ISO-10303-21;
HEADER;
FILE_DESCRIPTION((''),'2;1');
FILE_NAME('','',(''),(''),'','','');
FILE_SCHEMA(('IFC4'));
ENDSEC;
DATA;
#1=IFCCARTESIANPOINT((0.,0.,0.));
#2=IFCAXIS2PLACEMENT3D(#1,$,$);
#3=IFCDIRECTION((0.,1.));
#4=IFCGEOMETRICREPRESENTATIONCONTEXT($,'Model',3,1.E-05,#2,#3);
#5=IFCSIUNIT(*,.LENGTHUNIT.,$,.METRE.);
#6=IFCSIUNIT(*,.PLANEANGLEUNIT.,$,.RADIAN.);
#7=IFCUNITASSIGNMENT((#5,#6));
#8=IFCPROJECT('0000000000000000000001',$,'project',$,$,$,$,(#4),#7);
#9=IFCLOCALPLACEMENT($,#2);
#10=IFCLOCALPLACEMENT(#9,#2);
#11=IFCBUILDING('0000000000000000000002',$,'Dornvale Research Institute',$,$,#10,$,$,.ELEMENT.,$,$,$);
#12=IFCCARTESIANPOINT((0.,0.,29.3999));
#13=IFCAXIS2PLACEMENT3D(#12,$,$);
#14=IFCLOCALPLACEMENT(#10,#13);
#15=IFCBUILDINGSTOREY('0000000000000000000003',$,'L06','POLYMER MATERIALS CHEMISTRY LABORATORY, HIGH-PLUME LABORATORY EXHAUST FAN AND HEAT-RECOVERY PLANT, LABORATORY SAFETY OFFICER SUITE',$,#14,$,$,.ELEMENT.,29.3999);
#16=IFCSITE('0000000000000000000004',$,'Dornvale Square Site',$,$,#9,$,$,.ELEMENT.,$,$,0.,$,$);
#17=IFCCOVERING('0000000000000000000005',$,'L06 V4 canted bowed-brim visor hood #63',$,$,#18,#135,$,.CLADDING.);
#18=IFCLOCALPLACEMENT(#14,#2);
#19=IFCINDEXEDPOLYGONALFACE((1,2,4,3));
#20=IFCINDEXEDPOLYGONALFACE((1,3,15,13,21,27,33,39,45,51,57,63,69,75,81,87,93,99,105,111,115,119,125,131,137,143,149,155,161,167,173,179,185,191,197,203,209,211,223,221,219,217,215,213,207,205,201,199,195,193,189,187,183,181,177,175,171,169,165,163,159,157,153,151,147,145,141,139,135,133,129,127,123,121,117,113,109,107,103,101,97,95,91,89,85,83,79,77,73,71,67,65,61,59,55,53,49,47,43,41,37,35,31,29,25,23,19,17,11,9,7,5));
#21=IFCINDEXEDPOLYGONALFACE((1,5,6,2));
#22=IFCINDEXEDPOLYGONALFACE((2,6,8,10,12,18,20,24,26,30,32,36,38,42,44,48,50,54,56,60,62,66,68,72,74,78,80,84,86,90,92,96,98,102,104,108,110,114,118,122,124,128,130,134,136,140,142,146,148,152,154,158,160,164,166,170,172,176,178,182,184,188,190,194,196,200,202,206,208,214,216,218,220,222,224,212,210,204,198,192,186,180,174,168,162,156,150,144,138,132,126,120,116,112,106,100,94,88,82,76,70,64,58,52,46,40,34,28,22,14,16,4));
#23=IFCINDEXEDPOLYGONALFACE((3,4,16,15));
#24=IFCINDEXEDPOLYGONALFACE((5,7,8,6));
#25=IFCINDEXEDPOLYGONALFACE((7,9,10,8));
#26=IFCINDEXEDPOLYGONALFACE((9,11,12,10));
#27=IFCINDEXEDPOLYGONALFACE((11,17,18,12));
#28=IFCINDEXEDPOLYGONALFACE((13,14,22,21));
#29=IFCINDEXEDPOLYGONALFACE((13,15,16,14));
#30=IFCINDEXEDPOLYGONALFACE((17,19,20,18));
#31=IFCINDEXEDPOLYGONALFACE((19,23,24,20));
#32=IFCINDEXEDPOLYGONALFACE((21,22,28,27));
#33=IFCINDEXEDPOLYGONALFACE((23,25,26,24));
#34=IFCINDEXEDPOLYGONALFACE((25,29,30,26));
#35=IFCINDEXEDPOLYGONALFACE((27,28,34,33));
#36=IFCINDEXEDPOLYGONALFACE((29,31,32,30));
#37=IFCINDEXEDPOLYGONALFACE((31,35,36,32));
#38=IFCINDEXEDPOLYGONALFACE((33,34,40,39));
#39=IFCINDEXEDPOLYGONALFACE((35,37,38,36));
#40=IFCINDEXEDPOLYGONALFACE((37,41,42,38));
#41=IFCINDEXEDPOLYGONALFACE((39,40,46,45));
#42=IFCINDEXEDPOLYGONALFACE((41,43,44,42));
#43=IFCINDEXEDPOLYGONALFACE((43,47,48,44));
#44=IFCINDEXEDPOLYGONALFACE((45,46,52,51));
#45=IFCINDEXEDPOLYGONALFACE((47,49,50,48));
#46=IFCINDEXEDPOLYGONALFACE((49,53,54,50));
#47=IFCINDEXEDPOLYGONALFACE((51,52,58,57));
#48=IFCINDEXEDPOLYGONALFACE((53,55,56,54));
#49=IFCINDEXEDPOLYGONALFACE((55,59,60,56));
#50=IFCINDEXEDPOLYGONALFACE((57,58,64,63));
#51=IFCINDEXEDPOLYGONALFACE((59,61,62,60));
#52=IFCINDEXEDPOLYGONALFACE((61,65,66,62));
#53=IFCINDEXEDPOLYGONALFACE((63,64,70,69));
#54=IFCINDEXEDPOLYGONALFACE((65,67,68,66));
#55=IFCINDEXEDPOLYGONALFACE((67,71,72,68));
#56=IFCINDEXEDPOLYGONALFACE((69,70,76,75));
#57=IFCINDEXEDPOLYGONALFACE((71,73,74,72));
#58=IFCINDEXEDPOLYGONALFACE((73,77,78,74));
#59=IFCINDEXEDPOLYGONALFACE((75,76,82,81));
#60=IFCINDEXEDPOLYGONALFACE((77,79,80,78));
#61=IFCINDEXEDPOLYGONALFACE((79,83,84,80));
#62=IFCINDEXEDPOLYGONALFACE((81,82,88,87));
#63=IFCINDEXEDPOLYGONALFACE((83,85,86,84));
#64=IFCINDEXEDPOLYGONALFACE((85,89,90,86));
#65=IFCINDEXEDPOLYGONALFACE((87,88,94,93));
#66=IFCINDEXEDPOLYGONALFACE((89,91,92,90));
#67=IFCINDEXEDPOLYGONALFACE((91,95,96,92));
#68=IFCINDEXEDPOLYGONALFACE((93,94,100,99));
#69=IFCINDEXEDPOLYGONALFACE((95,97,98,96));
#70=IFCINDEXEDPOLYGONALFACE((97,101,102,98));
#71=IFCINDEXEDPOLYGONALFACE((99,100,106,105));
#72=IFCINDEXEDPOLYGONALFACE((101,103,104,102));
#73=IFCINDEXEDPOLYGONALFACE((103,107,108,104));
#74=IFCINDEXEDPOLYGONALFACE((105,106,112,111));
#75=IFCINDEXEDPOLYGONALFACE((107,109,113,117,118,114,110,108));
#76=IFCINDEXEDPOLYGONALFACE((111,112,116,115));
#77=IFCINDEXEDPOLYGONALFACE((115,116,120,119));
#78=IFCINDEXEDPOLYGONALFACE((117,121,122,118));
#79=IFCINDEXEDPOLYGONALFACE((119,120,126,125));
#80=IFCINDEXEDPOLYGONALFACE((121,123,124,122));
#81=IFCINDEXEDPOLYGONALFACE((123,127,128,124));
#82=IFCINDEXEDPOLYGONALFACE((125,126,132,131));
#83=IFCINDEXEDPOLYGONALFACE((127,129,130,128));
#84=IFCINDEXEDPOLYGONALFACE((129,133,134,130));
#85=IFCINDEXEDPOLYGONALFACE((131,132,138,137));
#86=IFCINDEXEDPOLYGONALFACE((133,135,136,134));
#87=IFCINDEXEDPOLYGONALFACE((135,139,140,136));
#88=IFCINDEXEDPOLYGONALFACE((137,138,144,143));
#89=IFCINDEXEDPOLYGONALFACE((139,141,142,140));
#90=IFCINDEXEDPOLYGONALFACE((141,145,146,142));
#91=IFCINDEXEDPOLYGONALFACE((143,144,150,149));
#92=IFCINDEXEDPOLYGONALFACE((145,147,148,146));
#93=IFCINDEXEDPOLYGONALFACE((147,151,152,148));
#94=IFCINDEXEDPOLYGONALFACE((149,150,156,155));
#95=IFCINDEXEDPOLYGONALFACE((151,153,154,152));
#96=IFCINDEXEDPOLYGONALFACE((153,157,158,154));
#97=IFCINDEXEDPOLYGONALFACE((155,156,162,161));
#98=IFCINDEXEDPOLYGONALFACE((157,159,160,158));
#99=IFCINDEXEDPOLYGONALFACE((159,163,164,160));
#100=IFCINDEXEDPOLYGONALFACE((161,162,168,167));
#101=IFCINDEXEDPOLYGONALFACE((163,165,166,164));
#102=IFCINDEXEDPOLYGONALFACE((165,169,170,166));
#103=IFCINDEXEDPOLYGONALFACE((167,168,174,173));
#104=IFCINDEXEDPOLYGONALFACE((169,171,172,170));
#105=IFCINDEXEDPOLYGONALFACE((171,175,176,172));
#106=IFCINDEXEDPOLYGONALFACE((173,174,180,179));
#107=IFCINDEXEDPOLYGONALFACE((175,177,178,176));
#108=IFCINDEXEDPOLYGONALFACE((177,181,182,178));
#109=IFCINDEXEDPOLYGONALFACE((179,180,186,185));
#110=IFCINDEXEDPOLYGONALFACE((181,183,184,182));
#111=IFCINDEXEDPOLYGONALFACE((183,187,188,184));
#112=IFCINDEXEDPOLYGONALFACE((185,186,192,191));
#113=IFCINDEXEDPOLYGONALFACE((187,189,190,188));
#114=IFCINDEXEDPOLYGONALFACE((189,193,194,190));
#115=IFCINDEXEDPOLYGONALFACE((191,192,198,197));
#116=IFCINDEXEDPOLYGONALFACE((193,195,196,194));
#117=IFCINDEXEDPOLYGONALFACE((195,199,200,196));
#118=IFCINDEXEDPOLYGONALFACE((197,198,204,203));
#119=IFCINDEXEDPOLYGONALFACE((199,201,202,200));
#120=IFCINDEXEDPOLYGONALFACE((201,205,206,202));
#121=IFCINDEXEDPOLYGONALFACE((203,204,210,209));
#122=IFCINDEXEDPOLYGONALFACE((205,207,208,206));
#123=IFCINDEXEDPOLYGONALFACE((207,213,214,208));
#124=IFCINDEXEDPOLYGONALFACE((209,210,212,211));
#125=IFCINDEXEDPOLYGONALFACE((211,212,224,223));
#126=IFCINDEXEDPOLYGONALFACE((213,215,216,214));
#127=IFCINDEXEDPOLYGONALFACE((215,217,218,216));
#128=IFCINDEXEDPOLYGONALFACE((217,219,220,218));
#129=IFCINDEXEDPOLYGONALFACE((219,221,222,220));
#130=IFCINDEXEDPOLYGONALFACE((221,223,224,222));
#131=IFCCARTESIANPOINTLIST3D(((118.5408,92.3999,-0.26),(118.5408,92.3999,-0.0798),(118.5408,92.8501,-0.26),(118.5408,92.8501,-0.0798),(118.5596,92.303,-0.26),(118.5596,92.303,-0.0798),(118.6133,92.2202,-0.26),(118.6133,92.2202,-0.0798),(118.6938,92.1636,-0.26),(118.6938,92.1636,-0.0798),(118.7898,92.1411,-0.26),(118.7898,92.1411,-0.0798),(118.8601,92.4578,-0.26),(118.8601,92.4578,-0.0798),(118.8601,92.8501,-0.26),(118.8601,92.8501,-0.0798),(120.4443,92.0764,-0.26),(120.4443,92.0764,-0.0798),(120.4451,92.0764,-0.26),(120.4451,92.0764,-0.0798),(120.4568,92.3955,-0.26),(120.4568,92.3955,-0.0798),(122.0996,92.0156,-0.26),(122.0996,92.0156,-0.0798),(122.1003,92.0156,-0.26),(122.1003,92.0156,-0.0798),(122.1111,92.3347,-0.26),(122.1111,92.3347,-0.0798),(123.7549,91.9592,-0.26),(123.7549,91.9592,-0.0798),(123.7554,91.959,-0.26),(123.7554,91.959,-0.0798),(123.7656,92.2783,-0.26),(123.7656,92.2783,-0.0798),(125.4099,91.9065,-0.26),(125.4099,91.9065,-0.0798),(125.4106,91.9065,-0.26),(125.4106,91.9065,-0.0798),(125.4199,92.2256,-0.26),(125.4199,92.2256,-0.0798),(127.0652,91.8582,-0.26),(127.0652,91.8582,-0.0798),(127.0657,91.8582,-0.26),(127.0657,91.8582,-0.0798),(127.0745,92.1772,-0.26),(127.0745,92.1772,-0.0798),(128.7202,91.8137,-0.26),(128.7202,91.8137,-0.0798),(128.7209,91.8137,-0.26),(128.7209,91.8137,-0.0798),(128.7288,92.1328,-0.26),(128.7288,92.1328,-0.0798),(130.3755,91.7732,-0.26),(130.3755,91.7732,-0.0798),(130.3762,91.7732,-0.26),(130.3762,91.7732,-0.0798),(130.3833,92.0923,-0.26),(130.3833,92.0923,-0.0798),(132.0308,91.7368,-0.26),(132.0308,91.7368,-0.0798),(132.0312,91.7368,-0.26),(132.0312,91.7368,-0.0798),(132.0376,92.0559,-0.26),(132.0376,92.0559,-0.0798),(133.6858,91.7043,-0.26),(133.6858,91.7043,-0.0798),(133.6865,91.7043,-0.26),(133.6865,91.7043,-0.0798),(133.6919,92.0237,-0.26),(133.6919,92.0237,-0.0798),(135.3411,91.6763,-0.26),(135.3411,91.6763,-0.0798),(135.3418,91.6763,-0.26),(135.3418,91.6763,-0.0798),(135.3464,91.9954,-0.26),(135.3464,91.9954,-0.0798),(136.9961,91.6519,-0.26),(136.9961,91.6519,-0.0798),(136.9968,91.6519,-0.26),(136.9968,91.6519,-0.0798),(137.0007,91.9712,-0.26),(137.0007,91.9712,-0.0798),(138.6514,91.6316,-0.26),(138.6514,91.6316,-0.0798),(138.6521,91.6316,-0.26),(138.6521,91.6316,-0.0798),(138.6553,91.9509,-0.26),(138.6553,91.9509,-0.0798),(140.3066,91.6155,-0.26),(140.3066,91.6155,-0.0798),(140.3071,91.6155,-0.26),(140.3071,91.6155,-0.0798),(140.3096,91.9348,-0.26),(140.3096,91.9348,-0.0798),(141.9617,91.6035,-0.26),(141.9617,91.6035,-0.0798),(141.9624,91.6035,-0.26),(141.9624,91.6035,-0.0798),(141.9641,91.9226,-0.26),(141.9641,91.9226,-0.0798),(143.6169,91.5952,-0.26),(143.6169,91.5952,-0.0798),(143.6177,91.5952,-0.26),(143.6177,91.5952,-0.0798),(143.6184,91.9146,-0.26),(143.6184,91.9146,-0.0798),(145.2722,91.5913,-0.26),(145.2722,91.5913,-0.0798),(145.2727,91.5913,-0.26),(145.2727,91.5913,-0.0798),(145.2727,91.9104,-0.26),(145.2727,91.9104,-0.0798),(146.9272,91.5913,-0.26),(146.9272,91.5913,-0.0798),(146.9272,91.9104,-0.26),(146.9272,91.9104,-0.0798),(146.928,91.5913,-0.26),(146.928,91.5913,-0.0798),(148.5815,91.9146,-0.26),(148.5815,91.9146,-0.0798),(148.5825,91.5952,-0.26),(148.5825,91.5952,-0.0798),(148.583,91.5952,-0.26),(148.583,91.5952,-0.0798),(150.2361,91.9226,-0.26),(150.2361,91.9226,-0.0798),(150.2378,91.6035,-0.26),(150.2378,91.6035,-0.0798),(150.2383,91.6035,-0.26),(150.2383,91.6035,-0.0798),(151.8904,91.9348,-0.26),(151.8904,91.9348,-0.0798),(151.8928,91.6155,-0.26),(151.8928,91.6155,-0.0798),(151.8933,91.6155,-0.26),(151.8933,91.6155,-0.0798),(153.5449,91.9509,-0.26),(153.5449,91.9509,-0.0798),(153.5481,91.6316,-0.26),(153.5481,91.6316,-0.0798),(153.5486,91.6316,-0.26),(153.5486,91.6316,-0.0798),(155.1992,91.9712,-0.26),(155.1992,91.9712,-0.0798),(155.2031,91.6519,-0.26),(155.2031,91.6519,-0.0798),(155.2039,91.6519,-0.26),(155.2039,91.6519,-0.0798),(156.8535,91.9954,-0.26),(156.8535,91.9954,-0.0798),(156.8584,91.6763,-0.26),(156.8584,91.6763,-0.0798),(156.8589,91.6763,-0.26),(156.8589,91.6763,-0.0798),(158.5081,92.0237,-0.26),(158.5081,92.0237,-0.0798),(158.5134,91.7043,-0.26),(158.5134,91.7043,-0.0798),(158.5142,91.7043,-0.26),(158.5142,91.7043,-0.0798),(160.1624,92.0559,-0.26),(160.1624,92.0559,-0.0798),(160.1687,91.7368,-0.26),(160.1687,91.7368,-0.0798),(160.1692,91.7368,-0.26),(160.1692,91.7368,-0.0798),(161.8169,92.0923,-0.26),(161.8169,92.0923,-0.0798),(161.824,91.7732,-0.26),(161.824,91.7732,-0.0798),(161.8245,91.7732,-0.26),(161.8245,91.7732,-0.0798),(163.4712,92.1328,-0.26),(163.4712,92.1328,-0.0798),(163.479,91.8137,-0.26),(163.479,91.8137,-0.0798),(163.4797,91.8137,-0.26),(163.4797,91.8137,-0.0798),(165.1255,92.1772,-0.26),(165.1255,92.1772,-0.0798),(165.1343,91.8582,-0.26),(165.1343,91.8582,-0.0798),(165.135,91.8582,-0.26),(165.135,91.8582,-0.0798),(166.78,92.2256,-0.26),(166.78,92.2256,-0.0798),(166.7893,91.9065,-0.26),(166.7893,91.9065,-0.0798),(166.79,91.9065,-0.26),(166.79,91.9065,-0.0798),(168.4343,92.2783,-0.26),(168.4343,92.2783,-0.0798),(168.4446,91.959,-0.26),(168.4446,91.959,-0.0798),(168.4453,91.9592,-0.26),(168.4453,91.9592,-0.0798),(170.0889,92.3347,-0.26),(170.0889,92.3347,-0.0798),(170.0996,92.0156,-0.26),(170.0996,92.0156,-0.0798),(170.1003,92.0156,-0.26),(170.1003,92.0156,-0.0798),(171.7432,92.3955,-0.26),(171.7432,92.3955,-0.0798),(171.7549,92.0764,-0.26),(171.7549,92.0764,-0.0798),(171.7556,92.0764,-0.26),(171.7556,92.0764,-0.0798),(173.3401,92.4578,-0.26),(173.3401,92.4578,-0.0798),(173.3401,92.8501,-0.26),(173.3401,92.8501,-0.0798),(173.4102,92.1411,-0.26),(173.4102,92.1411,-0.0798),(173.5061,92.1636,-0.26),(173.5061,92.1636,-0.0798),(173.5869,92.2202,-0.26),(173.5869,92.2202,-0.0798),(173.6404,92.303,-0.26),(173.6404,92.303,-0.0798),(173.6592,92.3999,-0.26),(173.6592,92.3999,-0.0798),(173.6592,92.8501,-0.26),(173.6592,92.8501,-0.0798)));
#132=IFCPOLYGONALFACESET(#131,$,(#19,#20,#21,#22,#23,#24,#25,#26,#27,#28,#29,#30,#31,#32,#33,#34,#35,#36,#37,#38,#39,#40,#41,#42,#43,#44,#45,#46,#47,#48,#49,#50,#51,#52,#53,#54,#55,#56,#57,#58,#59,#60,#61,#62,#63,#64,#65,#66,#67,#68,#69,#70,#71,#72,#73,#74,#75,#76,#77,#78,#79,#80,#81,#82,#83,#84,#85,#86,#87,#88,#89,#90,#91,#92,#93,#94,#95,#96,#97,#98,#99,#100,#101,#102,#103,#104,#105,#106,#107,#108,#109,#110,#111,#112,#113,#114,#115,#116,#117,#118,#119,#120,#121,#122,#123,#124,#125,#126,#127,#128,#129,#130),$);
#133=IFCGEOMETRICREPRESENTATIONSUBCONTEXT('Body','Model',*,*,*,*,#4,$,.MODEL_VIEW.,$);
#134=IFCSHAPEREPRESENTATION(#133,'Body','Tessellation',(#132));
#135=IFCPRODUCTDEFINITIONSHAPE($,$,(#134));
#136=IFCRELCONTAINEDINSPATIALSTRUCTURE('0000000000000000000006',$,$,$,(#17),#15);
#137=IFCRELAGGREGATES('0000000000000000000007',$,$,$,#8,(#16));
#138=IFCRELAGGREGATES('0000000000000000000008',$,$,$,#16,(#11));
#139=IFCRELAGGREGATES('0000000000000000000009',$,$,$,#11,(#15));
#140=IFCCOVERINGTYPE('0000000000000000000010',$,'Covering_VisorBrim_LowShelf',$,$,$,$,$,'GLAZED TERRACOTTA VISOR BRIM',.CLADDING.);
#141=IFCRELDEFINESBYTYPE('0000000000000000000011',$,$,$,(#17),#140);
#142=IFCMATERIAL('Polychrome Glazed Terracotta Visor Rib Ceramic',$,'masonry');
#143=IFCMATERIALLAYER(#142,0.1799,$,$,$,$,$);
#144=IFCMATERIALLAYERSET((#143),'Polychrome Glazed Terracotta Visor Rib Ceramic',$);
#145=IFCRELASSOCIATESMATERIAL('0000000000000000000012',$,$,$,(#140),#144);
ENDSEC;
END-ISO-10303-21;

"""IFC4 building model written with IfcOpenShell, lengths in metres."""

from ifc_helpers import new_model, si_unit, direction, frame, origin, place, context, subcontext, project, spatial, polyline, outline, extrude, material, layer, layer_set, type_object, element, save


model = new_model("IFC4")

# Units and contexts
model_context = context("Model", 3, precision=1e-05, world=origin(), true_north=direction((0.0, 1.0)))
body_context = subcontext(model_context, "Body", "Model", "MODEL_VIEW")
ifc_project = project(units=[si_unit("LENGTHUNIT", "METRE"), si_unit("PLANEANGLEUNIT", "RADIAN")], contexts=[model_context])

# Site, building, storey
site_placement = place(None, origin())
site = spatial("IfcSite", under=ifc_project, at=site_placement, Name="Dornvale Square Site", CompositionType="ELEMENT", RefElevation=0.0)
building_placement = place(site_placement, origin())
building = spatial("IfcBuilding", under=site, at=building_placement, Name="Dornvale Research Institute", CompositionType="ELEMENT")
storey_placement = place(building_placement, frame((0.0, 0.0, 29.3999)))
storey = spatial("IfcBuildingStorey", under=building, at=storey_placement, Name="L06", Description="POLYMER MATERIALS CHEMISTRY LABORATORY, HIGH-PLUME LABORATORY EXHAUST FAN AND HEAT-RECOVERY PLANT, LABORATORY SAFETY OFFICER SUITE", CompositionType="ELEMENT", Elevation=29.3999)

# Covering
ifc_material_1 = material(Name="Polychrome Glazed Terracotta Visor Rib Ceramic", Category="masonry")
ifc_layer_1 = layer(ifc_material_1, 0.1799)
ifc_layer_set_1 = layer_set([ifc_layer_1], Name="Polychrome Glazed Terracotta Visor Rib Ceramic")
covering_type_1 = type_object("IfcCoveringType", Name="Covering_VisorBrim_LowShelf", ElementType="GLAZED TERRACOTTA VISOR BRIM", PredefinedType="CLADDING", material=ifc_layer_set_1)
covering_1_placement = place(storey_placement, frame((0.0, 0.0, -0.26)))
element("IfcCovering", 1, at=covering_1_placement, inside=storey, type_object=covering_type_1, Name="L06 V4 canted bowed-brim visor hood #63", PredefinedType="CLADDING", context=body_context, shape_type="SweptSolid", body=[
    extrude(outline(polyline([(173.6592, 92.3999), (173.6404, 92.303), (173.5869, 92.2202), (173.5061, 92.1636), (173.4102, 92.1411), (171.7556, 92.0764), (171.7549, 92.0764), (170.1003, 92.0156), (170.0996, 92.0156), (168.4453, 91.9592), (168.4446, 91.959), (166.79, 91.9065), (166.7893, 91.9065), (165.135, 91.8582), (165.1343, 91.8582), (163.4797, 91.8137), (163.479, 91.8137), (161.8245, 91.7732), (161.824, 91.7732), (160.1692, 91.7368), (160.1687, 91.7368), (158.5142, 91.7043), (158.5134, 91.7043), (156.8589, 91.6763), (156.8584, 91.6763), (155.2039, 91.6519), (155.2031, 91.6519), (153.5486, 91.6316), (153.5481, 91.6316), (151.8933, 91.6155), (151.8928, 91.6155), (150.2383, 91.6035), (150.2378, 91.6035), (148.583, 91.5952), (148.5825, 91.5952), (146.928, 91.5913), (146.9272, 91.5913), (145.2727, 91.5913), (145.2722, 91.5913), (143.6177, 91.5952), (143.6169, 91.5952), (141.9624, 91.6035), (141.9617, 91.6035), (140.3071, 91.6155), (140.3066, 91.6155), (138.6521, 91.6316), (138.6514, 91.6316), (136.9968, 91.6519), (136.9961, 91.6519), (135.3418, 91.6763), (135.3411, 91.6763), (133.6865, 91.7043), (133.6858, 91.7043), (132.0312, 91.7368), (132.0308, 91.7368), (130.3762, 91.7732), (130.3755, 91.7732), (128.7209, 91.8137), (128.7202, 91.8137), (127.0657, 91.8582), (127.0652, 91.8582), (125.4106, 91.9065), (125.4099, 91.9065), (123.7554, 91.959), (123.7549, 91.9592), (122.1003, 92.0156), (122.0996, 92.0156), (120.4451, 92.0764), (120.4443, 92.0764), (118.7898, 92.1411), (118.6938, 92.1636), (118.6133, 92.2202), (118.5596, 92.303), (118.5408, 92.3999), (118.5408, 92.8501), (118.8601, 92.8501), (118.8601, 92.4578), (120.4568, 92.3955), (122.1111, 92.3347), (123.7656, 92.2783), (125.4199, 92.2256), (127.0745, 92.1772), (128.7288, 92.1328), (130.3833, 92.0923), (132.0376, 92.0559), (133.6919, 92.0237), (135.3464, 91.9954), (137.0007, 91.9712), (138.6553, 91.9509), (140.3096, 91.9348), (141.9641, 91.9226), (143.6184, 91.9146), (145.2727, 91.9104), (146.9272, 91.9104), (148.5815, 91.9146), (150.2361, 91.9226), (151.8904, 91.9348), (153.5449, 91.9509), (155.1992, 91.9712), (156.8535, 91.9954), (158.5081, 92.0237), (160.1624, 92.0559), (161.8169, 92.0923), (163.4712, 92.1328), (165.1255, 92.1772), (166.78, 92.2256), (168.4343, 92.2783), (170.0889, 92.3347), (171.7432, 92.3955), (173.3401, 92.4578), (173.3401, 92.8501), (173.6592, 92.8501), (173.6592, 92.3999)])), origin(), (0.0, 0.0, 1.0), 0.1802),
])

save(model, "model.ifc")
